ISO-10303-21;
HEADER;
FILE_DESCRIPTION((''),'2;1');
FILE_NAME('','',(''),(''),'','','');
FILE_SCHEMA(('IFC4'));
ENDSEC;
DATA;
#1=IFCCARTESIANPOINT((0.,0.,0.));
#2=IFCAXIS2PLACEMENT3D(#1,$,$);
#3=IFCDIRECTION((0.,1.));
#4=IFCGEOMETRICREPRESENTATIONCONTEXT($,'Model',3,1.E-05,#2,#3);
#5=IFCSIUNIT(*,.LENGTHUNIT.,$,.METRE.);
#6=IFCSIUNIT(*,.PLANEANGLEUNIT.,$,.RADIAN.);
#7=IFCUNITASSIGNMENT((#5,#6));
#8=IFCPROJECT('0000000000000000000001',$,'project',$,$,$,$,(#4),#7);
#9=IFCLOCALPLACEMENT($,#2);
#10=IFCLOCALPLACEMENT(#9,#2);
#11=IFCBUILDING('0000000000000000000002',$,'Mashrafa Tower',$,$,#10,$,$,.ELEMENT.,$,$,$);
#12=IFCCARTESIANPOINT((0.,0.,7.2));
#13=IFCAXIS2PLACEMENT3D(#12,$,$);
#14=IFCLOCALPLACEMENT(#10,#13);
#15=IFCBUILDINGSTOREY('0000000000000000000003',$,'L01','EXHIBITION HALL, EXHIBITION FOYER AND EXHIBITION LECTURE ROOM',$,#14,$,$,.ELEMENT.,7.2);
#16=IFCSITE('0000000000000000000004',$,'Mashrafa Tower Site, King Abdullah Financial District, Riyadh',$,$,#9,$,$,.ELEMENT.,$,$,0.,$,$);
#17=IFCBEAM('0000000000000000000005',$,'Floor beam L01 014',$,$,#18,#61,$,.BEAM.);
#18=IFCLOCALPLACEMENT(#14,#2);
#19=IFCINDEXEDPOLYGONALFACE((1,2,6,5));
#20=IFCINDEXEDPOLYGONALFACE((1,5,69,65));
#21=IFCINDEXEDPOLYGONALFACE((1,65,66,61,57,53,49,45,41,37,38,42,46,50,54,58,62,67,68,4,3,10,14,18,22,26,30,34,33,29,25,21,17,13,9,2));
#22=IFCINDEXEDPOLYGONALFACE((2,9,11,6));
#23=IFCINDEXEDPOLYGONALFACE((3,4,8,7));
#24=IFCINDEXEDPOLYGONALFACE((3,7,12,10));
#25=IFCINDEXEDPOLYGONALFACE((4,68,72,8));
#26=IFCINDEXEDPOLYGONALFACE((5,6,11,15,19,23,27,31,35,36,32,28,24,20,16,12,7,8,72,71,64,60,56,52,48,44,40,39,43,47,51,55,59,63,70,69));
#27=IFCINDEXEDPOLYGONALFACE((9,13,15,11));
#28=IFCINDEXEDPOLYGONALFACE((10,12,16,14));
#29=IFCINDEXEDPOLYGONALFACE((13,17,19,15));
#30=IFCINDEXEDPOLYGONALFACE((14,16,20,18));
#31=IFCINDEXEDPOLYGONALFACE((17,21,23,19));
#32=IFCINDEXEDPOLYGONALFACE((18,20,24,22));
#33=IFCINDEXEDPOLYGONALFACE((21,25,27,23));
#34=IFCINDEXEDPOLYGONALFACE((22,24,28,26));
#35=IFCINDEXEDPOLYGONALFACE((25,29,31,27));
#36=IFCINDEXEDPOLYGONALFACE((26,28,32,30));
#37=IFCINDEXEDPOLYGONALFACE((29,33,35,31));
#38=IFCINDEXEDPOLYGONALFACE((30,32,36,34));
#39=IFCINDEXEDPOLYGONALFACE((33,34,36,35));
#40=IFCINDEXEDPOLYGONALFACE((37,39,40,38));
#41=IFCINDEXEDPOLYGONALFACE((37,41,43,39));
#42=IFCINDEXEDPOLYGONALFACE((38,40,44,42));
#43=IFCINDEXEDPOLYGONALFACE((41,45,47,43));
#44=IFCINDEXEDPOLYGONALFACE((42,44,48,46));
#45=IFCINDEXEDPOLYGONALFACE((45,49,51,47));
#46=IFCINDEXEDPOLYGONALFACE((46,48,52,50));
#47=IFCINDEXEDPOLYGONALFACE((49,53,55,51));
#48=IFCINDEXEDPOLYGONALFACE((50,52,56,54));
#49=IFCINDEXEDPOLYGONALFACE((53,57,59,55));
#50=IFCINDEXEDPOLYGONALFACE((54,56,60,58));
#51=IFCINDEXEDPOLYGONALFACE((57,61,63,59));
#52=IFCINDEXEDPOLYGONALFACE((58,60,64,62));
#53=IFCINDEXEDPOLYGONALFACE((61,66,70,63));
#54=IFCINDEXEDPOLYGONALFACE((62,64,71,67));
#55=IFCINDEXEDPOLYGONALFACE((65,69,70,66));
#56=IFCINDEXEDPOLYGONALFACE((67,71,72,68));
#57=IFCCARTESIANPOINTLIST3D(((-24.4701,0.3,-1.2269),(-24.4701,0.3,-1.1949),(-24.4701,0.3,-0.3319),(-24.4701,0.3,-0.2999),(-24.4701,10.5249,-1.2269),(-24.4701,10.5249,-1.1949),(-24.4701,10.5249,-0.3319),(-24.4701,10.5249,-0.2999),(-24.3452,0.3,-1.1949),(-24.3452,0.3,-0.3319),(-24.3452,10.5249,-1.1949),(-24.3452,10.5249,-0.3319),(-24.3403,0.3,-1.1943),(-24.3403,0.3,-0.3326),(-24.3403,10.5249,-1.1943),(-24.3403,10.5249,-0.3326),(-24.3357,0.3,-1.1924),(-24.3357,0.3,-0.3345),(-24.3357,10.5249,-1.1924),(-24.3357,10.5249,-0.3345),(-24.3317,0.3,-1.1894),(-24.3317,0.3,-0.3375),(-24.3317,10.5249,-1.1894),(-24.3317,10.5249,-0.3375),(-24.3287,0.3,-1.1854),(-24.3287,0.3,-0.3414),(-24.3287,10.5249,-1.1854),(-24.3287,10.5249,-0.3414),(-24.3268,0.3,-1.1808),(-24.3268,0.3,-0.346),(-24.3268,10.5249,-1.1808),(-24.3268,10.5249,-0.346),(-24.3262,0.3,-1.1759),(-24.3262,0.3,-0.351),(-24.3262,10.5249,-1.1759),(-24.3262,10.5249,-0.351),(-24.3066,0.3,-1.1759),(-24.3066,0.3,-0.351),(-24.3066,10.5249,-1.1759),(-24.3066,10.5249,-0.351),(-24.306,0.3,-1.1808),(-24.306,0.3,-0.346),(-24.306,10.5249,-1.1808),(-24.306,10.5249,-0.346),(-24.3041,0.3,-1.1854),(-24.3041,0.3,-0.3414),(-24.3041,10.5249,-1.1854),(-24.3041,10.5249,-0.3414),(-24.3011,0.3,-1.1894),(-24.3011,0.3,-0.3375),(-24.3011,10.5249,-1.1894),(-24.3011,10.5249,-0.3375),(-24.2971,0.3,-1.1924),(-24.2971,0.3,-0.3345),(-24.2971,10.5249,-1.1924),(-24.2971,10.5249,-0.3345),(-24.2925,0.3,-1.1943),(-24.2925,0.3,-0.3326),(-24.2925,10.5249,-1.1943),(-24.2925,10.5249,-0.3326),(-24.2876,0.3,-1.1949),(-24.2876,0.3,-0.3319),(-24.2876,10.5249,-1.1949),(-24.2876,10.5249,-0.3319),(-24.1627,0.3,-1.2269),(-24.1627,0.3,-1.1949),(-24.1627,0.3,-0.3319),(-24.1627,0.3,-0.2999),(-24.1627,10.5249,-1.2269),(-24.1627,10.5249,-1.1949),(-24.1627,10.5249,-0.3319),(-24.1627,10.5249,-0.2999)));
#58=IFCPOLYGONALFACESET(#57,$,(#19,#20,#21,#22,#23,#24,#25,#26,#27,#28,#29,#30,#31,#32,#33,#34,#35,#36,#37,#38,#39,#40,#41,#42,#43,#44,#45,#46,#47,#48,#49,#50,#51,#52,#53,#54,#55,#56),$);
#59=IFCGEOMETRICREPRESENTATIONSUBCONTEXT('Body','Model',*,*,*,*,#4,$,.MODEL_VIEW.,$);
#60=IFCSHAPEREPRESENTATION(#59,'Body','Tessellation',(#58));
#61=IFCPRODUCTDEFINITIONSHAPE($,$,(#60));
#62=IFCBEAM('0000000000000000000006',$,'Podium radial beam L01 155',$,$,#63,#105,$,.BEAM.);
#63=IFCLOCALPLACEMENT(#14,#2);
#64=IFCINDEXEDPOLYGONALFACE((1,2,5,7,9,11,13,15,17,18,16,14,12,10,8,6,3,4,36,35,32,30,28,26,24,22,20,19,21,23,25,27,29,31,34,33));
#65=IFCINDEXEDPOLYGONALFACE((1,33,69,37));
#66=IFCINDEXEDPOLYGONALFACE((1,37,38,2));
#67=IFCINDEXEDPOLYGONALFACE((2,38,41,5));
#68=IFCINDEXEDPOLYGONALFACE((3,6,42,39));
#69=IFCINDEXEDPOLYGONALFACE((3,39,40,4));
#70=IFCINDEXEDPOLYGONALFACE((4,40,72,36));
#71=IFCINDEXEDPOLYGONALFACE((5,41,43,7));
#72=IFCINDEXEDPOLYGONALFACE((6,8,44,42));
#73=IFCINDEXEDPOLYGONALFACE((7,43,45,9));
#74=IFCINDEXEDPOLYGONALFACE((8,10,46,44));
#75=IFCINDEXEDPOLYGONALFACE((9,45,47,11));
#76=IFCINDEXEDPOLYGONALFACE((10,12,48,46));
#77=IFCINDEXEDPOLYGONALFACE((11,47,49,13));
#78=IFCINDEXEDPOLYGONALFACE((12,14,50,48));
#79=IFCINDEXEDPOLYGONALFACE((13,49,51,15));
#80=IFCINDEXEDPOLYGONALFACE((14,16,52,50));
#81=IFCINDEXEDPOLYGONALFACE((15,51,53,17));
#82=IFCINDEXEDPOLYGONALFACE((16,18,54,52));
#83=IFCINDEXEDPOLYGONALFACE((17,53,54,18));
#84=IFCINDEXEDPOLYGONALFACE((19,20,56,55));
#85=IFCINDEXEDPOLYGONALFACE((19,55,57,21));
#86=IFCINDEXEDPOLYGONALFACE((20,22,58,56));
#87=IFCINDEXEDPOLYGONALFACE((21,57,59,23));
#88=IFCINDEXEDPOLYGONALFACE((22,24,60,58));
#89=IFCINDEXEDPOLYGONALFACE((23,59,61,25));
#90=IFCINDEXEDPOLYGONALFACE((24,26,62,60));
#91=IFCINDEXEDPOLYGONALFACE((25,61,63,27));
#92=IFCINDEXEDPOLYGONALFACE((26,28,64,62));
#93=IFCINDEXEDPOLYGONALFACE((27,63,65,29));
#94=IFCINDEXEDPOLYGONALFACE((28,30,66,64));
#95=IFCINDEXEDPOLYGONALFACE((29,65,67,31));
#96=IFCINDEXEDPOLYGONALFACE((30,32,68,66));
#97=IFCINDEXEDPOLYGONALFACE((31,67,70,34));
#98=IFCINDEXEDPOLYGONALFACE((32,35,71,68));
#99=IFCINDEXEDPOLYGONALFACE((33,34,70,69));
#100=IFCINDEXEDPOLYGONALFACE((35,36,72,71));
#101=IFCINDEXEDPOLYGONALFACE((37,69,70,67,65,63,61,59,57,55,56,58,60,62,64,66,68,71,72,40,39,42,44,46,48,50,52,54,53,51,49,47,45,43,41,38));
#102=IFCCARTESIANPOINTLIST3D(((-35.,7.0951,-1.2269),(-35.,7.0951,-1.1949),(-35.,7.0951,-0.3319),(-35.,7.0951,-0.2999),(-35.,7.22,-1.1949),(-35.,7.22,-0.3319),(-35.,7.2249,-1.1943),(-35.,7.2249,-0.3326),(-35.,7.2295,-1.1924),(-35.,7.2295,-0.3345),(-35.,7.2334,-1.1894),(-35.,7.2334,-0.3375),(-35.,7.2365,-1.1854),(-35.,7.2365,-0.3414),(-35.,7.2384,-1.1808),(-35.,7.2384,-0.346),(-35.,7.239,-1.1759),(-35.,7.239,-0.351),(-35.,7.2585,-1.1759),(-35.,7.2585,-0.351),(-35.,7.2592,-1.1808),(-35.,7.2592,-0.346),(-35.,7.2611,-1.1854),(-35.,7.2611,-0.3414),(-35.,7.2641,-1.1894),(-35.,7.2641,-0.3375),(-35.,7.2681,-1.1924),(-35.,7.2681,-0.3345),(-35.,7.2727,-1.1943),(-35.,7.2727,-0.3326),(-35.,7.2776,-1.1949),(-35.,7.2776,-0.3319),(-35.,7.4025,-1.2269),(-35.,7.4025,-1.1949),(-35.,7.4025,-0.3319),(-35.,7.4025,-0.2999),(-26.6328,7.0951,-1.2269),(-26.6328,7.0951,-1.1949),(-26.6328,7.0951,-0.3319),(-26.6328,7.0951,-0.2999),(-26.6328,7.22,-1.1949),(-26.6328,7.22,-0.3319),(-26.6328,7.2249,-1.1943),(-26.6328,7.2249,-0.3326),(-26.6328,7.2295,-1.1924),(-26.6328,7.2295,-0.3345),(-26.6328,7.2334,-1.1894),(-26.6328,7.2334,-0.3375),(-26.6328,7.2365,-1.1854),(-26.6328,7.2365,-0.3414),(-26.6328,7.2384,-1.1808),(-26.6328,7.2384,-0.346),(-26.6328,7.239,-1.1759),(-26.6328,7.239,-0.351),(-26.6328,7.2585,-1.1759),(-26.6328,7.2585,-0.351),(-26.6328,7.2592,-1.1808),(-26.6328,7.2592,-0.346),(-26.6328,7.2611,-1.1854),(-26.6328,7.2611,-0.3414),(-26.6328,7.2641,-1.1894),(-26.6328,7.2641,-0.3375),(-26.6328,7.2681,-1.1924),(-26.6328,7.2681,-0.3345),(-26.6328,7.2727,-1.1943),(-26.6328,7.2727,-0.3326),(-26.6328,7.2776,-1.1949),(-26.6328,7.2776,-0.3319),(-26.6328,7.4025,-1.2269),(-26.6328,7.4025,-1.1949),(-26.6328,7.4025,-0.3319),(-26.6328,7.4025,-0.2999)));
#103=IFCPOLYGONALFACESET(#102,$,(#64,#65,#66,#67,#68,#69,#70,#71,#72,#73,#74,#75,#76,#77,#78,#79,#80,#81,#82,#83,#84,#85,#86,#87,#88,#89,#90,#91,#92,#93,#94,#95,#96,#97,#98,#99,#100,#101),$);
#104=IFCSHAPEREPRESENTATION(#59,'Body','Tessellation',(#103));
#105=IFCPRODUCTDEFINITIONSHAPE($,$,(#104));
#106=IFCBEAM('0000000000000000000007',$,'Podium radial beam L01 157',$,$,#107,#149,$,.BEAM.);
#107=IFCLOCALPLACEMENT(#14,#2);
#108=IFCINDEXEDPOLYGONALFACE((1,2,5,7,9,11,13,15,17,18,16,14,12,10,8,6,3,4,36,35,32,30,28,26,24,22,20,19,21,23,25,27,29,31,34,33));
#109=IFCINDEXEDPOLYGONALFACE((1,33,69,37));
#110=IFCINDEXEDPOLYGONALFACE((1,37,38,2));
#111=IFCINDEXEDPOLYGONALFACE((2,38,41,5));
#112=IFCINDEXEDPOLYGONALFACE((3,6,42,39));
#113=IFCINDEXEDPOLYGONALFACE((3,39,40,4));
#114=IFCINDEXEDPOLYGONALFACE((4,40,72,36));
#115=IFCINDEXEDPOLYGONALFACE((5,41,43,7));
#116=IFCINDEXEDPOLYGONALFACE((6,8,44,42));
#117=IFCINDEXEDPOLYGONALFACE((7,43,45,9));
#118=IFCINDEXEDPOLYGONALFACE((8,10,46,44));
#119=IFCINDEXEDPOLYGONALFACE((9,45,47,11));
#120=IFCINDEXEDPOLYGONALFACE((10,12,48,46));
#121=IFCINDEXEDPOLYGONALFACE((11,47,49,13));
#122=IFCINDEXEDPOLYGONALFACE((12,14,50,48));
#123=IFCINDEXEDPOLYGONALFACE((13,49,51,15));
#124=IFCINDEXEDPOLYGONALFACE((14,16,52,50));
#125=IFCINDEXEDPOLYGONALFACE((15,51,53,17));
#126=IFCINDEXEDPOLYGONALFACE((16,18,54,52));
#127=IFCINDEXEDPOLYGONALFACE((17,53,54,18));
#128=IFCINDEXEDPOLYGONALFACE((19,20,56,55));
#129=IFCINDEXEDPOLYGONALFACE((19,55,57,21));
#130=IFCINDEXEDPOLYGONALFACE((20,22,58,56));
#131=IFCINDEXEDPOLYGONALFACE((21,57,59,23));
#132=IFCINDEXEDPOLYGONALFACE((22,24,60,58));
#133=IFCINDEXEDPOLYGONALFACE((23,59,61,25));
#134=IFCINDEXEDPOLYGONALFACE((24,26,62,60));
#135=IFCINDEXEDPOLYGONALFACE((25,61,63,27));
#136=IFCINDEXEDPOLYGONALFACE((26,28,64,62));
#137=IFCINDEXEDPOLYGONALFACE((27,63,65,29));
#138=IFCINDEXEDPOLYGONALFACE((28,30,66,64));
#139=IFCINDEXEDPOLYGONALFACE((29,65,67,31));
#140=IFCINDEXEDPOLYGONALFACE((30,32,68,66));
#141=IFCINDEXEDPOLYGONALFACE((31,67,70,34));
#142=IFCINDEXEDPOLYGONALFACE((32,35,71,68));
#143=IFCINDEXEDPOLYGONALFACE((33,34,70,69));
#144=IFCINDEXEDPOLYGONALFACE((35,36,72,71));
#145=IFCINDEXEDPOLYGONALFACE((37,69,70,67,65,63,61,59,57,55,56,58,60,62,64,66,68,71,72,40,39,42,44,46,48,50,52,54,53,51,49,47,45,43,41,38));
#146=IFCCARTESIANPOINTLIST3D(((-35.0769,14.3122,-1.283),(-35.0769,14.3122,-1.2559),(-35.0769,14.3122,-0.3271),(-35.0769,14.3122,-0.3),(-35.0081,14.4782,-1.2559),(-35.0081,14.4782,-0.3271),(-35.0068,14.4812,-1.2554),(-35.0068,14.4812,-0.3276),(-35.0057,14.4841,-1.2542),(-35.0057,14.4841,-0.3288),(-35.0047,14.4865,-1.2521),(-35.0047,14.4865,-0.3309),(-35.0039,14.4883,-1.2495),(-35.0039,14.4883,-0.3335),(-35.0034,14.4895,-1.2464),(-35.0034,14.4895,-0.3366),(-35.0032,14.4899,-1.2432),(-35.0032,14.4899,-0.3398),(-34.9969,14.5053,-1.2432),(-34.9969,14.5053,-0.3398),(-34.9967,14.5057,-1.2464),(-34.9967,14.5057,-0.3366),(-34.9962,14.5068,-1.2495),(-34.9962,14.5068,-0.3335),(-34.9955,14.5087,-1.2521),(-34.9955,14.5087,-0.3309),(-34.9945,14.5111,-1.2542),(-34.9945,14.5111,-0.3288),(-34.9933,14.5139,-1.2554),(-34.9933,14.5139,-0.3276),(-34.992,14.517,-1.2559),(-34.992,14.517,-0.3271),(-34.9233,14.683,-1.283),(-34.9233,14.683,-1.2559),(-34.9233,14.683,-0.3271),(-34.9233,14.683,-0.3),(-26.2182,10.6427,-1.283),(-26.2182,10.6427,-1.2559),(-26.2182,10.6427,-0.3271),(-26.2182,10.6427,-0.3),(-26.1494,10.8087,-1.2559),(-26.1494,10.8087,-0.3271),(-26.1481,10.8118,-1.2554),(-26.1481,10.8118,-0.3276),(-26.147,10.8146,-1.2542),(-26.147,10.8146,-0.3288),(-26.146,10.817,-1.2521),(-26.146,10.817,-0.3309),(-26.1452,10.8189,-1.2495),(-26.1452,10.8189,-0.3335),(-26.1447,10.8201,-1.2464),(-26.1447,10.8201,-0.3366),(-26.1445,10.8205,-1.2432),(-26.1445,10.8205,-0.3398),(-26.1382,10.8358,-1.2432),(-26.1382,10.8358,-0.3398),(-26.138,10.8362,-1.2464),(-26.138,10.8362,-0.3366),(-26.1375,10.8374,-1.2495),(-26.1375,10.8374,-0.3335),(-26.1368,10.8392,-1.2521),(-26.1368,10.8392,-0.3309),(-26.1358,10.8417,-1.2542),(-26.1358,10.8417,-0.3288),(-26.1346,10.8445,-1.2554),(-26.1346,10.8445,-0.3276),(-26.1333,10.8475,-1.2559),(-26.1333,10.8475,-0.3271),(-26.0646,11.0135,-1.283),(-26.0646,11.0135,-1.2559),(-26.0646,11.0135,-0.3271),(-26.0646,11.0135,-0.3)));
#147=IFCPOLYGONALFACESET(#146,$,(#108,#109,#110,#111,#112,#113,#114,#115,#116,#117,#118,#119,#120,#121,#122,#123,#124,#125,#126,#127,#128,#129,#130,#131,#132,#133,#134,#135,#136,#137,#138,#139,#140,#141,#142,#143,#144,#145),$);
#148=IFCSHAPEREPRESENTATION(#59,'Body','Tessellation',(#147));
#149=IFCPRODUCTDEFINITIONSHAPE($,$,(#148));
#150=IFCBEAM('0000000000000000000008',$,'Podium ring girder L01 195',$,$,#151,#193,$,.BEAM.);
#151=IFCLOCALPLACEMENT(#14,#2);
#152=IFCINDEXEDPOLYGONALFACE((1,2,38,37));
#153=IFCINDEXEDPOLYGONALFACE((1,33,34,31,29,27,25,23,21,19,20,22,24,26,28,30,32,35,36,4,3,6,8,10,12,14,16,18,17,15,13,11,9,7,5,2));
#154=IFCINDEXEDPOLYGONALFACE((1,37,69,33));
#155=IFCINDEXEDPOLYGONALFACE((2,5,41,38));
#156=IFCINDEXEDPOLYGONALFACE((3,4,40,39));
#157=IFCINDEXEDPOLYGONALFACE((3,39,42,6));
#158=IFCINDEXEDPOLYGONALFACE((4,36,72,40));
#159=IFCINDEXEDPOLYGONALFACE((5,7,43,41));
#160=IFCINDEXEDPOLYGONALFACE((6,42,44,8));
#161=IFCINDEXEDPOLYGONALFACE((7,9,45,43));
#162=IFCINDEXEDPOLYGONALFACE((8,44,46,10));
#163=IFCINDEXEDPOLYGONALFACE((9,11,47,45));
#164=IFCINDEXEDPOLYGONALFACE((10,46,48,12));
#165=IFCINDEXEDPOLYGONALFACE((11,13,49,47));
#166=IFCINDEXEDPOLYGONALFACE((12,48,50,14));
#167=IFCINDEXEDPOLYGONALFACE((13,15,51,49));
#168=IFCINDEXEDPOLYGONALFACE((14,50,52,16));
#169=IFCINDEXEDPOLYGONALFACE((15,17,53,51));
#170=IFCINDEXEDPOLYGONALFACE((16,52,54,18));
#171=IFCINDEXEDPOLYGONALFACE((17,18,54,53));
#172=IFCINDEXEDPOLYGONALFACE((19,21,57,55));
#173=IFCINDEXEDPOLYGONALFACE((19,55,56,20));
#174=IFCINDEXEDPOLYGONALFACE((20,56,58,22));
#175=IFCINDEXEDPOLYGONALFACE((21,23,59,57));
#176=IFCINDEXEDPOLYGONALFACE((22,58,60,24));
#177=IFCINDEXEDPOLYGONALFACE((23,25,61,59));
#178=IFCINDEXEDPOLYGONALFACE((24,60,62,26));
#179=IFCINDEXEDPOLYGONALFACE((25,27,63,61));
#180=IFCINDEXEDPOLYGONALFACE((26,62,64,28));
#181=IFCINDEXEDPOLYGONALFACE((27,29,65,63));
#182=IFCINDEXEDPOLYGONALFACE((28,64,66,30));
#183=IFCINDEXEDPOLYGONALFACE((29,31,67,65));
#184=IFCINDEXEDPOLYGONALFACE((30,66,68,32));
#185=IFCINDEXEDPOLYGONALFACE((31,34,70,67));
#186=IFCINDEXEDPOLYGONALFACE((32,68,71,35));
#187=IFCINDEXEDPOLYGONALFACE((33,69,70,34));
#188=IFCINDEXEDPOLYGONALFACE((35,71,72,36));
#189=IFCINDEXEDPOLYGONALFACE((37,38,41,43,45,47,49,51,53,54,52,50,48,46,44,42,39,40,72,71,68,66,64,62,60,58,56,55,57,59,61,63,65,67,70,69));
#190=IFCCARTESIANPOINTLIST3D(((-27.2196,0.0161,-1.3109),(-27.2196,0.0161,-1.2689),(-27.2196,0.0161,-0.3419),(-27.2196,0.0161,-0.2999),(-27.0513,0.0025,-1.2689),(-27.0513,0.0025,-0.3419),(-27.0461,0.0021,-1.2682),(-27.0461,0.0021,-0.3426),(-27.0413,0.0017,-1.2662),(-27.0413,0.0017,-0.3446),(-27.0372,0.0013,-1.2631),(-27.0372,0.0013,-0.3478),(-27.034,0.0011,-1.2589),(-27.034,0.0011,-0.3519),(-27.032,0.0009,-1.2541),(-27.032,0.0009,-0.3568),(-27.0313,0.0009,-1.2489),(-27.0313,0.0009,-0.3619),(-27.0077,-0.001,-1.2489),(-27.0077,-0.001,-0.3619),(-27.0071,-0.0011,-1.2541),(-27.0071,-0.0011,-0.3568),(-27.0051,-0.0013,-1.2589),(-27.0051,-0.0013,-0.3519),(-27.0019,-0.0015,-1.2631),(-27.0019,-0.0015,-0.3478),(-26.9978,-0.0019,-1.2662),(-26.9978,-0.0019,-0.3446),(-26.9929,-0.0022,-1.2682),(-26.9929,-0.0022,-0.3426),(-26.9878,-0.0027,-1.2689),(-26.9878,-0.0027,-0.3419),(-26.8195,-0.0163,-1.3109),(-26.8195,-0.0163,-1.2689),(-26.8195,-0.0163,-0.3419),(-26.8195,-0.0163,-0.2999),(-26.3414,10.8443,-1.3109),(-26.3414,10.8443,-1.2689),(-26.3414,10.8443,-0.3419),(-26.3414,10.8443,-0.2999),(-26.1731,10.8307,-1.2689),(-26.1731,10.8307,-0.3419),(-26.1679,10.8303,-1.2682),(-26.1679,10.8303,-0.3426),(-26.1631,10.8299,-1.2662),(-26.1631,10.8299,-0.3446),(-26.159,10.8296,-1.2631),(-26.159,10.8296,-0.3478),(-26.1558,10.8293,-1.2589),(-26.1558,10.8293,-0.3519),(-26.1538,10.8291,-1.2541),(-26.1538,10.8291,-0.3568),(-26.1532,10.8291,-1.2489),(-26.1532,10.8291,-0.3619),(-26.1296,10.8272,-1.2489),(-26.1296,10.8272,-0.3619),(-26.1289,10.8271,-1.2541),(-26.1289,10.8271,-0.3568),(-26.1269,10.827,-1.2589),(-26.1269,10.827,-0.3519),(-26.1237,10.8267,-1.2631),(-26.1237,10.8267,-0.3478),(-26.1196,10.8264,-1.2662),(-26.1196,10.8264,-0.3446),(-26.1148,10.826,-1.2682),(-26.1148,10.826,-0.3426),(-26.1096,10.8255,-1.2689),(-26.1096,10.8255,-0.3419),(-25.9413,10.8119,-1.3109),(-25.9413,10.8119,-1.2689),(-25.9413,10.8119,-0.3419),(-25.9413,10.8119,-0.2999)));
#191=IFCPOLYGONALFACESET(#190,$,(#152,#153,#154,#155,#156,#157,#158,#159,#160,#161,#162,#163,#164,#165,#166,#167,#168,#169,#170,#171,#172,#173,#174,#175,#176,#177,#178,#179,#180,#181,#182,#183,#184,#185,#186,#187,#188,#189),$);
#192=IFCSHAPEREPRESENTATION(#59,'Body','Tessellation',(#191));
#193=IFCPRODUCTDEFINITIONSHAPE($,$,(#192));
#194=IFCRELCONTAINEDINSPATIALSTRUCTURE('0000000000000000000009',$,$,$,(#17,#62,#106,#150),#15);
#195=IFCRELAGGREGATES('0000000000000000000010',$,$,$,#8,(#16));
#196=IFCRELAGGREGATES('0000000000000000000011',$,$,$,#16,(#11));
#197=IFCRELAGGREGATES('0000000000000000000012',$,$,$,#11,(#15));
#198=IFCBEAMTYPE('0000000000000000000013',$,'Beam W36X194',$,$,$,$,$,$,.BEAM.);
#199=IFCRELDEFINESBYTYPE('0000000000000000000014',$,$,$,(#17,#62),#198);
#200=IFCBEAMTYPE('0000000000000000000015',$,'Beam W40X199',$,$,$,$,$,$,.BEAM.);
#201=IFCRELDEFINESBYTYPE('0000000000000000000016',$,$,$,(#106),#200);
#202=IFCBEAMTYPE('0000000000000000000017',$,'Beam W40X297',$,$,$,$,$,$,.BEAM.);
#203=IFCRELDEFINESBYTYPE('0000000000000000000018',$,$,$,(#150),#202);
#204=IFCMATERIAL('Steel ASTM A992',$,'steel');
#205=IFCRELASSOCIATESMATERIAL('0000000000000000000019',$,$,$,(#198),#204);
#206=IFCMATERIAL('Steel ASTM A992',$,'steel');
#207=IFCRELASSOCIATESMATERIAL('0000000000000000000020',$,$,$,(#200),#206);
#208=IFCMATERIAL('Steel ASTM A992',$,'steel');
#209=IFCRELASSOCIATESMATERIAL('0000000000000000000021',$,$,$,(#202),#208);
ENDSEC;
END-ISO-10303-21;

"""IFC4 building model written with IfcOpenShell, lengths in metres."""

from ifc_helpers import new_model, si_unit, direction, frame, origin, origin_2d, place, context, subcontext, project, spatial, i_section, extrude, material, material_profile, profile_set, type_object, element, save


model = new_model("IFC4")

# Units and contexts
model_context = context("Model", 3, precision=1e-05, world=origin(), true_north=direction((0.0, 1.0)))
body_context = subcontext(model_context, "Body", "Model", "MODEL_VIEW")
ifc_project = project(units=[si_unit("LENGTHUNIT", "METRE"), si_unit("PLANEANGLEUNIT", "RADIAN")], contexts=[model_context])

# Site, building, storey
site_placement = place(None, origin())
site = spatial("IfcSite", under=ifc_project, at=site_placement, Name="Mashrafa Tower Site, King Abdullah Financial District, Riyadh", CompositionType="ELEMENT", RefElevation=0.0)
building_placement = place(site_placement, origin())
building = spatial("IfcBuilding", under=site, at=building_placement, Name="Mashrafa Tower", CompositionType="ELEMENT")
storey_placement = place(building_placement, frame((0.0, 0.0, 7.2)))
storey = spatial("IfcBuildingStorey", under=building, at=storey_placement, Name="L01", Description="EXHIBITION HALL, EXHIBITION FOYER AND EXHIBITION LECTURE ROOM", CompositionType="ELEMENT", Elevation=7.2)

# Beams
ifc_material_1 = material(Name="Steel ASTM A992", Category="steel")
ifc_material_profile_1 = material_profile(ifc_material_1, i_section(OverallWidth=0.3074, OverallDepth=0.927, WebThickness=0.0195, FlangeThickness=0.032, FilletRadius=0.019, at=origin_2d()), Name="W36X194")
ifc_profile_set_1 = profile_set([ifc_material_profile_1], Name="Steel ASTM A992")
beam_type_1 = type_object("IfcBeamType", Name="Beam W36X194", PredefinedType="BEAM", material=ifc_profile_set_1)
beam_1_placement = place(storey_placement, frame((-24.3164, 0.3, -0.7634), z_axis=(0.0, 1.0, 0.0), x_axis=(-1.0, 0.0, 0.0)))
element("IfcBeam", 1, at=beam_1_placement, inside=storey, type_object=beam_type_1, Name="Floor beam L01 014", PredefinedType="BEAM", context=body_context, shape_type="SweptSolid", body=[
    extrude(i_section(OverallWidth=0.3074, OverallDepth=0.927, WebThickness=0.0195, FlangeThickness=0.032, FilletRadius=0.019, at=origin_2d()), origin(), (0.0, 0.0, 1.0), 10.2249),
])
beam_2_placement = place(storey_placement, frame((-26.6328, 7.2488, -0.7634), z_axis=(-1.0, 0.0, 0.0), x_axis=(0.0, -1.0, 0.0)))
element("IfcBeam", 2, at=beam_2_placement, inside=storey, type_object=beam_type_1, Name="Podium radial beam L01 155", PredefinedType="BEAM", context=body_context, shape_type="SweptSolid", body=[
    extrude(i_section(OverallWidth=0.3074, OverallDepth=0.927, WebThickness=0.0195, FlangeThickness=0.032, FilletRadius=0.019, at=origin_2d()), origin(), (0.0, 0.0, 1.0), 8.3672),
])
ifc_material_2 = material(Name="Steel ASTM A992", Category="steel")
ifc_material_profile_2 = material_profile(ifc_material_2, i_section(OverallWidth=0.4014, OverallDepth=0.9829, WebThickness=0.0166, FlangeThickness=0.0271, FilletRadius=0.0127, at=origin_2d()), Name="W40X199")
ifc_profile_set_2 = profile_set([ifc_material_profile_2], Name="Steel ASTM A992")
beam_type_2 = type_object("IfcBeamType", Name="Beam W40X199", PredefinedType="BEAM", material=ifc_profile_set_2)
beam_3_placement = place(storey_placement, frame((-26.1414, 10.8281, -0.7915), z_axis=(-0.923877, 0.382689, 0.0), x_axis=(-0.382689, -0.923877, 0.0)))
element("IfcBeam", 3, at=beam_3_placement, inside=storey, type_object=beam_type_2, Name="Podium radial beam L01 157", PredefinedType="BEAM", context=body_context, shape_type="SweptSolid", body=[
    extrude(i_section(OverallWidth=0.4014, OverallDepth=0.9829, WebThickness=0.0166, FlangeThickness=0.0271, FilletRadius=0.0127, at=origin_2d()), origin(), (0.0, 0.0, 1.0), 9.5886),
])
ifc_material_3 = material(Name="Steel ASTM A992", Category="steel")
ifc_material_profile_3 = material_profile(ifc_material_3, i_section(OverallWidth=0.4014, OverallDepth=1.011, WebThickness=0.0237, FlangeThickness=0.042, FilletRadius=0.02, at=origin_2d()), Name="W40X297")
ifc_profile_set_3 = profile_set([ifc_material_profile_3], Name="Steel ASTM A992")
beam_type_3 = type_object("IfcBeamType", Name="Beam W40X297", PredefinedType="BEAM", material=ifc_profile_set_3)
beam_4_placement = place(storey_placement, frame((-26.1414, 10.8281, -0.8054), z_axis=(-0.080836, -0.996727, 0.0), x_axis=(0.996727, -0.080836, 0.0)))
element("IfcBeam", 4, at=beam_4_placement, inside=storey, type_object=beam_type_3, Name="Podium ring girder L01 195", PredefinedType="BEAM", context=body_context, shape_type="SweptSolid", body=[
    extrude(i_section(OverallWidth=0.4014, OverallDepth=1.011, WebThickness=0.0237, FlangeThickness=0.042, FilletRadius=0.02, at=origin_2d()), origin(), (0.0, 0.0, 1.0), 10.8638),
])

save(model, "model.ifc")
